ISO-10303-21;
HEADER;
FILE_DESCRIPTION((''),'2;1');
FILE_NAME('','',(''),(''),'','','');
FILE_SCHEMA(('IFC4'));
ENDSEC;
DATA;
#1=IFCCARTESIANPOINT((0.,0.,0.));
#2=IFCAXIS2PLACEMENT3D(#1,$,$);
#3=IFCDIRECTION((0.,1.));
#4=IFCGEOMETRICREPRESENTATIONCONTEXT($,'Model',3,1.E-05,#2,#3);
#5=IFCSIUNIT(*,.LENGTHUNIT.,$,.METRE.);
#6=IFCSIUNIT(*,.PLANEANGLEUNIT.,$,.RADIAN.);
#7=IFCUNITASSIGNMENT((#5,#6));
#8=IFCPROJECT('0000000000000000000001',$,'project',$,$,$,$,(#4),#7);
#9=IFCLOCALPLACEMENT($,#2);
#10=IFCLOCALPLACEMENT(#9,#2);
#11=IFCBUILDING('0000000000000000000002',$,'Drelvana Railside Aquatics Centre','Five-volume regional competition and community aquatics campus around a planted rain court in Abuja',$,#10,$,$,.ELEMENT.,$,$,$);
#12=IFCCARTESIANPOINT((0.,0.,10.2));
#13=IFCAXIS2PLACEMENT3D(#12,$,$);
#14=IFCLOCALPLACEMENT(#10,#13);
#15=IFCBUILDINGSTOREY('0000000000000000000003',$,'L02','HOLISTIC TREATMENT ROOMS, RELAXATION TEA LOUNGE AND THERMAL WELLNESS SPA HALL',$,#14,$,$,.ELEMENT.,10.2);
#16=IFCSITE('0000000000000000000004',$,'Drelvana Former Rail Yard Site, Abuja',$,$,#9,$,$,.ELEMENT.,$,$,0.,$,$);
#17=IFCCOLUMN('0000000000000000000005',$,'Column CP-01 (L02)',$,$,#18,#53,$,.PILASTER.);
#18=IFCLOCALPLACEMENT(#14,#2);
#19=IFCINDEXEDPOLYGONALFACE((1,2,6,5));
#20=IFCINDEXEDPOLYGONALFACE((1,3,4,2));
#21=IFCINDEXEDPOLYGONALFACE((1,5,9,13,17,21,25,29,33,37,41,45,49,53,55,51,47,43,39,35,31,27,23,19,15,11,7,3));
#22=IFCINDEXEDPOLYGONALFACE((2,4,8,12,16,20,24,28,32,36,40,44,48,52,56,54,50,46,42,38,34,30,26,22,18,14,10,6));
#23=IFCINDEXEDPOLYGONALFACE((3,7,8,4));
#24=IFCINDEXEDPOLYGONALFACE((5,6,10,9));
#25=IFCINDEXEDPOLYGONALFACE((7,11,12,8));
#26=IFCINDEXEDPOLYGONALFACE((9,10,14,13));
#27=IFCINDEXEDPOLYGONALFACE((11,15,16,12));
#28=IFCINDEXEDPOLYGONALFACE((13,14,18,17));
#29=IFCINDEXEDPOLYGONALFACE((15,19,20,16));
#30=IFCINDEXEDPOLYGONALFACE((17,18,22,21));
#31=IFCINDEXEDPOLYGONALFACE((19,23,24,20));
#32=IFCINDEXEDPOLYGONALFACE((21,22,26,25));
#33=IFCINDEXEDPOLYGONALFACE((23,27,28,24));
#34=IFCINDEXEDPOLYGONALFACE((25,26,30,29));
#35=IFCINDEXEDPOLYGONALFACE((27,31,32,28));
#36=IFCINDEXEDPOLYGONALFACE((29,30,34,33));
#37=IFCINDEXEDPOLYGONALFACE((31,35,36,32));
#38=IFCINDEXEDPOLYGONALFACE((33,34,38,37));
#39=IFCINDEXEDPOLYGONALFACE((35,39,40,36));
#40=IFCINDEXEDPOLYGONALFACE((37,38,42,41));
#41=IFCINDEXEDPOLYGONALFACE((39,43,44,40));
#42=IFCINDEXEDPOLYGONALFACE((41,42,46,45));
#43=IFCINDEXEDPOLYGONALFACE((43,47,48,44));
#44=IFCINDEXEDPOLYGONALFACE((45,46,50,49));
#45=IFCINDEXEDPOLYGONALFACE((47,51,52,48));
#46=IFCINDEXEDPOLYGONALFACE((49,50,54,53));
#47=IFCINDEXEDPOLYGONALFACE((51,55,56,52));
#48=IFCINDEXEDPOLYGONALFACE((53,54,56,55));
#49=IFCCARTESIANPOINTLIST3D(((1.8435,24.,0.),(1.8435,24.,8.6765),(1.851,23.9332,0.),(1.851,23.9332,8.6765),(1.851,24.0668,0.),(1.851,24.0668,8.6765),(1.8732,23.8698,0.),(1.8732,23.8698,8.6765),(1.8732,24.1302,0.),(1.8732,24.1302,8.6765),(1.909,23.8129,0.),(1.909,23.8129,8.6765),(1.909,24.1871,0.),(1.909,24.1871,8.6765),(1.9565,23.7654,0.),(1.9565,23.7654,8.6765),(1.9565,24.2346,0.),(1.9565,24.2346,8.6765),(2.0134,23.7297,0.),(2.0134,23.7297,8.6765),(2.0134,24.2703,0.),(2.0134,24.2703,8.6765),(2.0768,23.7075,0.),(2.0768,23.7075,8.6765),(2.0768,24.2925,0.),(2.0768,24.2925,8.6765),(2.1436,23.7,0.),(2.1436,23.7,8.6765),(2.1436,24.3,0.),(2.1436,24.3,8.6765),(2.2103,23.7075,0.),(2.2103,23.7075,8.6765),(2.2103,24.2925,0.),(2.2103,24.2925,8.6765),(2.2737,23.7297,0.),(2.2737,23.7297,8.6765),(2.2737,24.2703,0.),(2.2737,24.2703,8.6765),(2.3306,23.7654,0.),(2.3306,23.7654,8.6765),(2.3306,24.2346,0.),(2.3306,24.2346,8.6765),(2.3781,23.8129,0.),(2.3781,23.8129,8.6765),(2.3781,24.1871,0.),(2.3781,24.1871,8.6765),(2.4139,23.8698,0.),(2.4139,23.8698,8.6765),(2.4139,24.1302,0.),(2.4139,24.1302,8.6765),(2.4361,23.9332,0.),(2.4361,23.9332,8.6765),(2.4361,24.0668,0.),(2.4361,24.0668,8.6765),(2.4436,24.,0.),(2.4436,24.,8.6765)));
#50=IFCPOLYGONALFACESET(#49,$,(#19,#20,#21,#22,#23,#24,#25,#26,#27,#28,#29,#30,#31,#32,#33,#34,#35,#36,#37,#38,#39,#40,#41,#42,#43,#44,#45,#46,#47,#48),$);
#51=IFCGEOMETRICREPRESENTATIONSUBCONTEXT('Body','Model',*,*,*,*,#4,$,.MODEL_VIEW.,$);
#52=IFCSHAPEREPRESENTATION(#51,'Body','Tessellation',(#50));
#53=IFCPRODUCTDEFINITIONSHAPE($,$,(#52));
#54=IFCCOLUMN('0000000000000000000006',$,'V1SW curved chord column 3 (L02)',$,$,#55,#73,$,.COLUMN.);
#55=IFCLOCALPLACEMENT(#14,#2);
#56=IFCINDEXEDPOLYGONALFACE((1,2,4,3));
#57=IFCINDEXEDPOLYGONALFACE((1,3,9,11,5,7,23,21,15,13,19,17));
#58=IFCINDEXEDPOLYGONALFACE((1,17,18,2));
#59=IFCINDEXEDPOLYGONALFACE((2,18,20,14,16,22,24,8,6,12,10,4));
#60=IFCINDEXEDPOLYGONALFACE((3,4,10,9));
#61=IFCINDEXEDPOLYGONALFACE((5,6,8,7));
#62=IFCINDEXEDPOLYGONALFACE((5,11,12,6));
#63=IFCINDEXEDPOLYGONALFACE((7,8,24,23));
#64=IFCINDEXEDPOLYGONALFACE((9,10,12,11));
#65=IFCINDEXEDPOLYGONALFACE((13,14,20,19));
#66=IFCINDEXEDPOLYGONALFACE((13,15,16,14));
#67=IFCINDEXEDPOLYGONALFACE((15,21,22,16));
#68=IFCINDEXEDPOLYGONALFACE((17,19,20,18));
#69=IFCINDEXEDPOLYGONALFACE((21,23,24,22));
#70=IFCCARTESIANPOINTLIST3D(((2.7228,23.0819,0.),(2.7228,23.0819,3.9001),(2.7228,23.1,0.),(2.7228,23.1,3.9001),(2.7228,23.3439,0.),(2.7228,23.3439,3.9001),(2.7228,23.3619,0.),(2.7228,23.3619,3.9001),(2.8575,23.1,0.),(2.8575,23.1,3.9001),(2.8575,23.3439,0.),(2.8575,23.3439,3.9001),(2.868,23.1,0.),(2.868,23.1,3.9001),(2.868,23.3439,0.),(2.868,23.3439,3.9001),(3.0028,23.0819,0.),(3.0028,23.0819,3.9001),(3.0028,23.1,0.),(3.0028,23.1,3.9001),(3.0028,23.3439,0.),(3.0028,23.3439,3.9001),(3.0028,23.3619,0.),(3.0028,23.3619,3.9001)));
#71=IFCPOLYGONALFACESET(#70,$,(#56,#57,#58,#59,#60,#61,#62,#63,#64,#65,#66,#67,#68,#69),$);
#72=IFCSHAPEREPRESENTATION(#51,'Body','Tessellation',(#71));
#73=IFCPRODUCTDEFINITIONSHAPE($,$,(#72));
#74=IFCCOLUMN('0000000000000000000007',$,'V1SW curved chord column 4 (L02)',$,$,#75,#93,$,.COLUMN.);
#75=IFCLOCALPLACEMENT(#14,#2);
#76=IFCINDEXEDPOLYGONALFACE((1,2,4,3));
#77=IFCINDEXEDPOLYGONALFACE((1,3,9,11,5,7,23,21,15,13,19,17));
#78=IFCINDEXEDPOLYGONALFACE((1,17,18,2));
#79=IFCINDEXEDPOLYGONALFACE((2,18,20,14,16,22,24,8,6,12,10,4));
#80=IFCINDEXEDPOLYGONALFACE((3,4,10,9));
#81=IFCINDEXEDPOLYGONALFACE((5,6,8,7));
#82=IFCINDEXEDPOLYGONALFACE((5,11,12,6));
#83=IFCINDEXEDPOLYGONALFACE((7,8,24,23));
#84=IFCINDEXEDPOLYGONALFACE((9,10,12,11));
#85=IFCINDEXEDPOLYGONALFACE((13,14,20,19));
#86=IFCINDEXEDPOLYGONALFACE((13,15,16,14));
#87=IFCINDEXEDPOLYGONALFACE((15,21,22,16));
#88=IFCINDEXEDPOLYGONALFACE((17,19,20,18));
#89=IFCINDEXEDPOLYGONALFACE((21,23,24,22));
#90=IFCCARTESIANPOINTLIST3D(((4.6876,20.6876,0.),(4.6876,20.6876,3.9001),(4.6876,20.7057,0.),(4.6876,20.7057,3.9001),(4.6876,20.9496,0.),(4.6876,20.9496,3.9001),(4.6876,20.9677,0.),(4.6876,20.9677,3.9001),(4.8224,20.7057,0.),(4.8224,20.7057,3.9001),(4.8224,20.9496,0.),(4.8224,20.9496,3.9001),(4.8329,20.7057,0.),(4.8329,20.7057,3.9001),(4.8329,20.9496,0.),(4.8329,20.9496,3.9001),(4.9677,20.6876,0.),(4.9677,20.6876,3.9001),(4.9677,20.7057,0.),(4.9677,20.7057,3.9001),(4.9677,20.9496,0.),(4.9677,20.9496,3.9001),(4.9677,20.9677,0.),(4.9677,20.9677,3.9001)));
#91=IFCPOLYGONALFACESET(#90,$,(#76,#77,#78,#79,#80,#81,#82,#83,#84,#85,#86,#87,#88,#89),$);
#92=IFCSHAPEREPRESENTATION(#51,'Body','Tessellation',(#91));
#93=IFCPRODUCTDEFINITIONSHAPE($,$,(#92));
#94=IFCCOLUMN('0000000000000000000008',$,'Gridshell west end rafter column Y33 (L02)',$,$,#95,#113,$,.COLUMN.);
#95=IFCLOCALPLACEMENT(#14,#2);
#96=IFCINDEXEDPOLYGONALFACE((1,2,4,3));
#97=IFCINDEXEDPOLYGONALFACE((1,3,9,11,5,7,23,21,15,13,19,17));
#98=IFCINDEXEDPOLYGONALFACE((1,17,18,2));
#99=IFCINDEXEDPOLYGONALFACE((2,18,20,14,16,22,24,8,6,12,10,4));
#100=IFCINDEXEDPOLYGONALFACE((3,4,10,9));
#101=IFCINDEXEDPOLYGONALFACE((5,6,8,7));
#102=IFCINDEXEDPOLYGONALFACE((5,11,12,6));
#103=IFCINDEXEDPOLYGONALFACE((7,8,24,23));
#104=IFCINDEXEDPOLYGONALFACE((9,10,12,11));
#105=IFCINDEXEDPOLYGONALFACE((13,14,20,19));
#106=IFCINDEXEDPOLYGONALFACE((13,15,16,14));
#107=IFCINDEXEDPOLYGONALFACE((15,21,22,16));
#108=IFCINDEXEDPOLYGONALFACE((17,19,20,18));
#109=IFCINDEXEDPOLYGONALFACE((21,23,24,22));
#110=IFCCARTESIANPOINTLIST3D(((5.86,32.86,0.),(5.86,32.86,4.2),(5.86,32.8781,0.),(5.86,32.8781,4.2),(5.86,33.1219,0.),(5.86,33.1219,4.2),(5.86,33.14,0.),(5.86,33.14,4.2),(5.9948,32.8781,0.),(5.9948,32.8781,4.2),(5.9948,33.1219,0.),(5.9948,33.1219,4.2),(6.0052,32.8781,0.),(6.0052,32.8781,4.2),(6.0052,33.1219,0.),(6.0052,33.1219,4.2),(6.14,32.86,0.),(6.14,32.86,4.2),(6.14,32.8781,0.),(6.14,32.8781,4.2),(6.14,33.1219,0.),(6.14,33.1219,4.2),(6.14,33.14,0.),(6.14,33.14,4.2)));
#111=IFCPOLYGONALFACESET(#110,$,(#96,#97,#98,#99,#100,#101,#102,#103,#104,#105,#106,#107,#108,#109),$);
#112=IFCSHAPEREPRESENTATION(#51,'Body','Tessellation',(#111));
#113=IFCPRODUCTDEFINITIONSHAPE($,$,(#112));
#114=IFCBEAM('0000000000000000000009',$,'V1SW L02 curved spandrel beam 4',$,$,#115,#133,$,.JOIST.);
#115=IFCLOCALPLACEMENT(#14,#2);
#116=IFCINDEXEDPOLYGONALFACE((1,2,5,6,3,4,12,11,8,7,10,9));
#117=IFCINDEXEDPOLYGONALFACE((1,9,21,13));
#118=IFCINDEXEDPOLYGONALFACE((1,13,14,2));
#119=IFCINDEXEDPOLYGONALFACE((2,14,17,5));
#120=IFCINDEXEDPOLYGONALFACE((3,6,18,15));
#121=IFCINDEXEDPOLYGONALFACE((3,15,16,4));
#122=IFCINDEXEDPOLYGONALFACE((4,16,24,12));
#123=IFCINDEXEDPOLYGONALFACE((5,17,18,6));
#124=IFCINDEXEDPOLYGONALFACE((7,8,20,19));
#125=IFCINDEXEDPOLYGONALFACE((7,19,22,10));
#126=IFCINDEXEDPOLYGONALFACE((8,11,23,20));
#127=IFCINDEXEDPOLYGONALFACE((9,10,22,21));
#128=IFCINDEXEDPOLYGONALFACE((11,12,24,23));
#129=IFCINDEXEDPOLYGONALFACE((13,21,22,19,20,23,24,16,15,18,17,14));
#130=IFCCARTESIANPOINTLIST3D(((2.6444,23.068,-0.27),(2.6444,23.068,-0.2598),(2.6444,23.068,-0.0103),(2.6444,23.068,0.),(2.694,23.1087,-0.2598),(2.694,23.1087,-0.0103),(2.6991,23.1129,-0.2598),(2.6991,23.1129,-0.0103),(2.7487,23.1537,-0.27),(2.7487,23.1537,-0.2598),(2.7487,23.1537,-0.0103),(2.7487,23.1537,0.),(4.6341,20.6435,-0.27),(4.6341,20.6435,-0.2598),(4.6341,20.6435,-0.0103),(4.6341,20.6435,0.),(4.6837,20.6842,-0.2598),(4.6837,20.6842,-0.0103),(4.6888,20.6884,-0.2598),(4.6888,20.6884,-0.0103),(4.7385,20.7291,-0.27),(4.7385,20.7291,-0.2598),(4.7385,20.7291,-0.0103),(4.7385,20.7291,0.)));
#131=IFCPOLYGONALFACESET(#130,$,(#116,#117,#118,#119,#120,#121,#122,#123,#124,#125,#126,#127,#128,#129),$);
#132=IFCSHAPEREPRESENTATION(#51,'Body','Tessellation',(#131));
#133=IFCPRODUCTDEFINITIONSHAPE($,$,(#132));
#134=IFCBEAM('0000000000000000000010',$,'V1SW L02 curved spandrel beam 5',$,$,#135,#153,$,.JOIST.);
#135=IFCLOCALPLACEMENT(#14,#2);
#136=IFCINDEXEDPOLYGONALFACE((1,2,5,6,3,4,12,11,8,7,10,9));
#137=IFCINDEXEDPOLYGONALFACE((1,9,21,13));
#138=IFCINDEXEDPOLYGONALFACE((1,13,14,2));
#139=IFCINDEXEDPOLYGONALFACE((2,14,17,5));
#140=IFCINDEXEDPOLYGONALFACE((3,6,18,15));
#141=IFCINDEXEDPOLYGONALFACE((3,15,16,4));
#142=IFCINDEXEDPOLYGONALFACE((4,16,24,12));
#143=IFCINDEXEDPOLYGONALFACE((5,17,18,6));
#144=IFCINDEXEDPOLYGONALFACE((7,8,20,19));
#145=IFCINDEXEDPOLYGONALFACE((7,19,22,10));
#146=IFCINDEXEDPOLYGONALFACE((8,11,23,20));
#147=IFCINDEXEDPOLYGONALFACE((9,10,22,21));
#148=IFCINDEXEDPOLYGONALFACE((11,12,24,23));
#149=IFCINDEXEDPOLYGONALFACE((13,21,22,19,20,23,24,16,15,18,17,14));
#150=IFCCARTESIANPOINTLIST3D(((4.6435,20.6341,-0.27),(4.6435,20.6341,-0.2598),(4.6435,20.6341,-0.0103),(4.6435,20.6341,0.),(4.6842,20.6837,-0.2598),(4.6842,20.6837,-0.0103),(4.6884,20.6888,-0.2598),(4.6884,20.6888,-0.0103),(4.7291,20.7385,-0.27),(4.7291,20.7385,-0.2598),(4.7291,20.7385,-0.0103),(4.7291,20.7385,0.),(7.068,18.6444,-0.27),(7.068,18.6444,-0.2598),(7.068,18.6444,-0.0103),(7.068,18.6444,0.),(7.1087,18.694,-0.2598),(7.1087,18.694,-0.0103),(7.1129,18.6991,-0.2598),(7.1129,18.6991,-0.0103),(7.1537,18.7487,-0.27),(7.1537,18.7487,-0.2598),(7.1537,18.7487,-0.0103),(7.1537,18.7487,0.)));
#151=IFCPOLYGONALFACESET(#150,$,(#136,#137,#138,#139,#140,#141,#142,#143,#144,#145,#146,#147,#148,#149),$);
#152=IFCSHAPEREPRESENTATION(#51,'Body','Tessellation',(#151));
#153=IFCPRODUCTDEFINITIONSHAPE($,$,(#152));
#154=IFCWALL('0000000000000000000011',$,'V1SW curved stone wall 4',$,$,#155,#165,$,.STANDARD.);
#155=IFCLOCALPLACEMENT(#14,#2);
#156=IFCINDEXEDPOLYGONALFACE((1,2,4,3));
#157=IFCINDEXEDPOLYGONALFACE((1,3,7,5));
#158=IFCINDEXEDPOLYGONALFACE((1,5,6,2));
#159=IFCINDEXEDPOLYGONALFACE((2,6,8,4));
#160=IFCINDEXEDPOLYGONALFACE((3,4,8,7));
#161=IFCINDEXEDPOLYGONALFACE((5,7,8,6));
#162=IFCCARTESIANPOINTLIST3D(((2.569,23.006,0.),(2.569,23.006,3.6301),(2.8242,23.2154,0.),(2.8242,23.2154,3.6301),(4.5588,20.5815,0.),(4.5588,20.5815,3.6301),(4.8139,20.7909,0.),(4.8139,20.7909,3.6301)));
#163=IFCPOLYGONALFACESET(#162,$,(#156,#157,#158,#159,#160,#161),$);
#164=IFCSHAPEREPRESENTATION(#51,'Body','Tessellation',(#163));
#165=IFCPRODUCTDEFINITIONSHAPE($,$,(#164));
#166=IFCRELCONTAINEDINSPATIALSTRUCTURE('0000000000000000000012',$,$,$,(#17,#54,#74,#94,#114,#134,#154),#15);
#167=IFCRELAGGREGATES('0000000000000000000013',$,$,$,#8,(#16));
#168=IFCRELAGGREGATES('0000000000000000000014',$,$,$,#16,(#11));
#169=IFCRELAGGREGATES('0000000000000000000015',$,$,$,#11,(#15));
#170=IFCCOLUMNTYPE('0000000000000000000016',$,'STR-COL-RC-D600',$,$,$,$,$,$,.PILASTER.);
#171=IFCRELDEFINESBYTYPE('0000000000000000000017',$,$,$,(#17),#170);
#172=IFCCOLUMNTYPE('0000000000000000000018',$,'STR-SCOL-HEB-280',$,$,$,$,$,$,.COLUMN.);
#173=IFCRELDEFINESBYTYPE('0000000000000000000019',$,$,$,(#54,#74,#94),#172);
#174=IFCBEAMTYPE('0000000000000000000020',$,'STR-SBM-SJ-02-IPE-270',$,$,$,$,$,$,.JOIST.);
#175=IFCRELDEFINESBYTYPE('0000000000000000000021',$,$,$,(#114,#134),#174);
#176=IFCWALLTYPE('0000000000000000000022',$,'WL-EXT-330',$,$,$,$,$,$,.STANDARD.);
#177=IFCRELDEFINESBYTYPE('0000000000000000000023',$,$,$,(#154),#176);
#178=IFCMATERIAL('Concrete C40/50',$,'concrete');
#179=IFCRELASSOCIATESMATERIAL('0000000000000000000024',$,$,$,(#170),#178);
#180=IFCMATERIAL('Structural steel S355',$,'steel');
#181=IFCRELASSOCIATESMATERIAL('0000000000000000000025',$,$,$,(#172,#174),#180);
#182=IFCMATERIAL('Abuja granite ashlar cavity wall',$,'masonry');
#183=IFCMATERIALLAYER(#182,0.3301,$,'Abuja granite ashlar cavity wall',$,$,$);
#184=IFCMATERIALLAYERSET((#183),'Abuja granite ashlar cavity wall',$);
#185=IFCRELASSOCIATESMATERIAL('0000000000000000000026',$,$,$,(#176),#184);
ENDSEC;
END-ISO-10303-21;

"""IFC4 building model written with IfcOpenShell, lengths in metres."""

from ifc_helpers import new_model, si_unit, direction, frame, frame_2d, origin, origin_2d, place, context, subcontext, project, spatial, rectangle, circle, i_section, extrude, material, layer, layer_set, material_profile, profile_set, type_object, element, save


model = new_model("IFC4")

# Units and contexts
model_context = context("Model", 3, precision=1e-05, world=origin(), true_north=direction((0.0, 1.0)))
body_context = subcontext(model_context, "Body", "Model", "MODEL_VIEW")
ifc_project = project(units=[si_unit("LENGTHUNIT", "METRE"), si_unit("PLANEANGLEUNIT", "RADIAN")], contexts=[model_context])

# Site, building, storey
site_placement = place(None, origin())
site = spatial("IfcSite", under=ifc_project, at=site_placement, Name="Drelvana Former Rail Yard Site, Abuja", CompositionType="ELEMENT", RefElevation=0.0)
building_placement = place(site_placement, origin())
building = spatial("IfcBuilding", under=site, at=building_placement, Name="Drelvana Railside Aquatics Centre", Description="Five-volume regional competition and community aquatics campus around a planted rain court in Abuja", CompositionType="ELEMENT")
storey_placement = place(building_placement, frame((0.0, 0.0, 10.2)))
storey = spatial("IfcBuildingStorey", under=building, at=storey_placement, Name="L02", Description="HOLISTIC TREATMENT ROOMS, RELAXATION TEA LOUNGE AND THERMAL WELLNESS SPA HALL", CompositionType="ELEMENT", Elevation=10.2)

# Columns
ifc_material_1 = material(Name="Concrete C40/50", Category="concrete")
ifc_material_profile_1 = material_profile(ifc_material_1, circle(Radius=0.3, at=origin_2d()), Name="RC D600")
ifc_profile_set_1 = profile_set([ifc_material_profile_1], Name="Concrete C40/50")
column_type_1 = type_object("IfcColumnType", Name="STR-COL-RC-D600", PredefinedType="PILASTER", material=ifc_profile_set_1)
column_1_placement = place(storey_placement, frame((2.1436, 24.0, 0.0), z_axis=(0.0, 0.0, 1.0), x_axis=(1.0, 0.0, 0.0)))
element("IfcColumn", 1, at=column_1_placement, inside=storey, type_object=column_type_1, Name="Column CP-01 (L02)", PredefinedType="PILASTER", context=body_context, shape_type="SweptSolid", body=[
    extrude(circle(Radius=0.3, at=origin_2d()), origin(), (0.0, 0.0, 1.0), 8.6765),
])
ifc_material_2 = material(Name="Structural steel S355", Category="steel")
ifc_material_profile_2 = material_profile(ifc_material_2, i_section(OverallWidth=0.28, OverallDepth=0.28, WebThickness=0.0105, FlangeThickness=0.0181, at=origin_2d()), Name="HEB 280")
ifc_profile_set_2 = profile_set([ifc_material_profile_2], Name="Structural steel S355")
column_type_2 = type_object("IfcColumnType", Name="STR-SCOL-HEB-280", PredefinedType="COLUMN", material=ifc_profile_set_2)
for number, where, z_axis, x_axis, name in (
    (2, (2.8628, 23.2219, 0.0), (0.0, 0.0, 1.0), (1.0, 0.0, 0.0), "V1SW curved chord column 3 (L02)"),
    (3, (4.8276, 20.8276, 0.0), (0.0, 0.0, 1.0), (1.0, 0.0, 0.0), "V1SW curved chord column 4 (L02)"),
):
    element("IfcColumn", number, at=place(storey_placement, frame(where, z_axis=z_axis, x_axis=x_axis)), inside=storey, type_object=column_type_2, Name=name, PredefinedType="COLUMN", context=body_context, shape_type="SweptSolid", body=[
        extrude(i_section(OverallWidth=0.28, OverallDepth=0.28, WebThickness=0.0105, FlangeThickness=0.0181, at=origin_2d()), origin(), (0.0, 0.0, 1.0), 3.9001),
    ])
column_2_placement = place(storey_placement, frame((6.0, 33.0, 0.0), z_axis=(0.0, 0.0, 1.0), x_axis=(1.0, 0.0, 0.0)))
element("IfcColumn", 4, at=column_2_placement, inside=storey, type_object=column_type_2, Name="Gridshell west end rafter column Y33 (L02)", PredefinedType="COLUMN", context=body_context, shape_type="SweptSolid", body=[
    extrude(i_section(OverallWidth=0.28, OverallDepth=0.28, WebThickness=0.0105, FlangeThickness=0.0181, at=origin_2d()), origin(), (0.0, 0.0, 1.0), 4.2),
])

# Beams
ifc_material_profile_3 = material_profile(ifc_material_2, i_section(OverallWidth=0.135, OverallDepth=0.27, WebThickness=0.0066, FlangeThickness=0.0103, at=origin_2d()), Name="IPE 270")
ifc_profile_set_3 = profile_set([ifc_material_profile_3], Name="Structural steel S355")
beam_type = type_object("IfcBeamType", Name="STR-SBM-SJ-02-IPE-270", PredefinedType="JOIST", material=ifc_profile_set_3)
for number, where, z_axis, x_axis, name in (
    (5, (2.6965, 23.1108, -0.135), (0.634386, -0.773017, 0.0), (0.773017, 0.634386, 0.0), "V1SW L02 curved spandrel beam 4"),
    (6, (4.6863, 20.6863, -0.135), (0.773017, -0.634386, 0.0), (0.634386, 0.773017, 0.0), "V1SW L02 curved spandrel beam 5"),
):
    element("IfcBeam", number, at=place(storey_placement, frame(where, z_axis=z_axis, x_axis=x_axis)), inside=storey, type_object=beam_type, Name=name, PredefinedType="JOIST", context=body_context, shape_type="SweptSolid", body=[
        extrude(i_section(OverallWidth=0.135, OverallDepth=0.27, WebThickness=0.0066, FlangeThickness=0.0103, at=origin_2d()), origin(), (0.0, 0.0, 1.0), 3.1365),
    ])

# Wall
ifc_material_3 = material(Name="Abuja granite ashlar cavity wall", Category="masonry")
ifc_layer = layer(ifc_material_3, 0.3301, Name="Abuja granite ashlar cavity wall")
ifc_layer_set = layer_set([ifc_layer], Name="Abuja granite ashlar cavity wall")
wall_type = type_object("IfcWallType", Name="WL-EXT-330", PredefinedType="STANDARD", material=ifc_layer_set)
wall_1_placement = place(storey_placement, frame((2.6965, 23.1108, 0.0), z_axis=(0.0, 0.0, 1.0), x_axis=(0.634386, -0.773017, 0.0)))
element("IfcWall", 7, at=wall_1_placement, inside=storey, type_object=wall_type, Name="V1SW curved stone wall 4", PredefinedType="STANDARD", context=body_context, shape_type="SweptSolid", body=[
    extrude(rectangle(XDim=3.1365, YDim=0.3301, at=frame_2d((1.5684, 0.0))), origin(), (0.0, 0.0, 1.0), 3.6301),
])

save(model, "model.ifc")
